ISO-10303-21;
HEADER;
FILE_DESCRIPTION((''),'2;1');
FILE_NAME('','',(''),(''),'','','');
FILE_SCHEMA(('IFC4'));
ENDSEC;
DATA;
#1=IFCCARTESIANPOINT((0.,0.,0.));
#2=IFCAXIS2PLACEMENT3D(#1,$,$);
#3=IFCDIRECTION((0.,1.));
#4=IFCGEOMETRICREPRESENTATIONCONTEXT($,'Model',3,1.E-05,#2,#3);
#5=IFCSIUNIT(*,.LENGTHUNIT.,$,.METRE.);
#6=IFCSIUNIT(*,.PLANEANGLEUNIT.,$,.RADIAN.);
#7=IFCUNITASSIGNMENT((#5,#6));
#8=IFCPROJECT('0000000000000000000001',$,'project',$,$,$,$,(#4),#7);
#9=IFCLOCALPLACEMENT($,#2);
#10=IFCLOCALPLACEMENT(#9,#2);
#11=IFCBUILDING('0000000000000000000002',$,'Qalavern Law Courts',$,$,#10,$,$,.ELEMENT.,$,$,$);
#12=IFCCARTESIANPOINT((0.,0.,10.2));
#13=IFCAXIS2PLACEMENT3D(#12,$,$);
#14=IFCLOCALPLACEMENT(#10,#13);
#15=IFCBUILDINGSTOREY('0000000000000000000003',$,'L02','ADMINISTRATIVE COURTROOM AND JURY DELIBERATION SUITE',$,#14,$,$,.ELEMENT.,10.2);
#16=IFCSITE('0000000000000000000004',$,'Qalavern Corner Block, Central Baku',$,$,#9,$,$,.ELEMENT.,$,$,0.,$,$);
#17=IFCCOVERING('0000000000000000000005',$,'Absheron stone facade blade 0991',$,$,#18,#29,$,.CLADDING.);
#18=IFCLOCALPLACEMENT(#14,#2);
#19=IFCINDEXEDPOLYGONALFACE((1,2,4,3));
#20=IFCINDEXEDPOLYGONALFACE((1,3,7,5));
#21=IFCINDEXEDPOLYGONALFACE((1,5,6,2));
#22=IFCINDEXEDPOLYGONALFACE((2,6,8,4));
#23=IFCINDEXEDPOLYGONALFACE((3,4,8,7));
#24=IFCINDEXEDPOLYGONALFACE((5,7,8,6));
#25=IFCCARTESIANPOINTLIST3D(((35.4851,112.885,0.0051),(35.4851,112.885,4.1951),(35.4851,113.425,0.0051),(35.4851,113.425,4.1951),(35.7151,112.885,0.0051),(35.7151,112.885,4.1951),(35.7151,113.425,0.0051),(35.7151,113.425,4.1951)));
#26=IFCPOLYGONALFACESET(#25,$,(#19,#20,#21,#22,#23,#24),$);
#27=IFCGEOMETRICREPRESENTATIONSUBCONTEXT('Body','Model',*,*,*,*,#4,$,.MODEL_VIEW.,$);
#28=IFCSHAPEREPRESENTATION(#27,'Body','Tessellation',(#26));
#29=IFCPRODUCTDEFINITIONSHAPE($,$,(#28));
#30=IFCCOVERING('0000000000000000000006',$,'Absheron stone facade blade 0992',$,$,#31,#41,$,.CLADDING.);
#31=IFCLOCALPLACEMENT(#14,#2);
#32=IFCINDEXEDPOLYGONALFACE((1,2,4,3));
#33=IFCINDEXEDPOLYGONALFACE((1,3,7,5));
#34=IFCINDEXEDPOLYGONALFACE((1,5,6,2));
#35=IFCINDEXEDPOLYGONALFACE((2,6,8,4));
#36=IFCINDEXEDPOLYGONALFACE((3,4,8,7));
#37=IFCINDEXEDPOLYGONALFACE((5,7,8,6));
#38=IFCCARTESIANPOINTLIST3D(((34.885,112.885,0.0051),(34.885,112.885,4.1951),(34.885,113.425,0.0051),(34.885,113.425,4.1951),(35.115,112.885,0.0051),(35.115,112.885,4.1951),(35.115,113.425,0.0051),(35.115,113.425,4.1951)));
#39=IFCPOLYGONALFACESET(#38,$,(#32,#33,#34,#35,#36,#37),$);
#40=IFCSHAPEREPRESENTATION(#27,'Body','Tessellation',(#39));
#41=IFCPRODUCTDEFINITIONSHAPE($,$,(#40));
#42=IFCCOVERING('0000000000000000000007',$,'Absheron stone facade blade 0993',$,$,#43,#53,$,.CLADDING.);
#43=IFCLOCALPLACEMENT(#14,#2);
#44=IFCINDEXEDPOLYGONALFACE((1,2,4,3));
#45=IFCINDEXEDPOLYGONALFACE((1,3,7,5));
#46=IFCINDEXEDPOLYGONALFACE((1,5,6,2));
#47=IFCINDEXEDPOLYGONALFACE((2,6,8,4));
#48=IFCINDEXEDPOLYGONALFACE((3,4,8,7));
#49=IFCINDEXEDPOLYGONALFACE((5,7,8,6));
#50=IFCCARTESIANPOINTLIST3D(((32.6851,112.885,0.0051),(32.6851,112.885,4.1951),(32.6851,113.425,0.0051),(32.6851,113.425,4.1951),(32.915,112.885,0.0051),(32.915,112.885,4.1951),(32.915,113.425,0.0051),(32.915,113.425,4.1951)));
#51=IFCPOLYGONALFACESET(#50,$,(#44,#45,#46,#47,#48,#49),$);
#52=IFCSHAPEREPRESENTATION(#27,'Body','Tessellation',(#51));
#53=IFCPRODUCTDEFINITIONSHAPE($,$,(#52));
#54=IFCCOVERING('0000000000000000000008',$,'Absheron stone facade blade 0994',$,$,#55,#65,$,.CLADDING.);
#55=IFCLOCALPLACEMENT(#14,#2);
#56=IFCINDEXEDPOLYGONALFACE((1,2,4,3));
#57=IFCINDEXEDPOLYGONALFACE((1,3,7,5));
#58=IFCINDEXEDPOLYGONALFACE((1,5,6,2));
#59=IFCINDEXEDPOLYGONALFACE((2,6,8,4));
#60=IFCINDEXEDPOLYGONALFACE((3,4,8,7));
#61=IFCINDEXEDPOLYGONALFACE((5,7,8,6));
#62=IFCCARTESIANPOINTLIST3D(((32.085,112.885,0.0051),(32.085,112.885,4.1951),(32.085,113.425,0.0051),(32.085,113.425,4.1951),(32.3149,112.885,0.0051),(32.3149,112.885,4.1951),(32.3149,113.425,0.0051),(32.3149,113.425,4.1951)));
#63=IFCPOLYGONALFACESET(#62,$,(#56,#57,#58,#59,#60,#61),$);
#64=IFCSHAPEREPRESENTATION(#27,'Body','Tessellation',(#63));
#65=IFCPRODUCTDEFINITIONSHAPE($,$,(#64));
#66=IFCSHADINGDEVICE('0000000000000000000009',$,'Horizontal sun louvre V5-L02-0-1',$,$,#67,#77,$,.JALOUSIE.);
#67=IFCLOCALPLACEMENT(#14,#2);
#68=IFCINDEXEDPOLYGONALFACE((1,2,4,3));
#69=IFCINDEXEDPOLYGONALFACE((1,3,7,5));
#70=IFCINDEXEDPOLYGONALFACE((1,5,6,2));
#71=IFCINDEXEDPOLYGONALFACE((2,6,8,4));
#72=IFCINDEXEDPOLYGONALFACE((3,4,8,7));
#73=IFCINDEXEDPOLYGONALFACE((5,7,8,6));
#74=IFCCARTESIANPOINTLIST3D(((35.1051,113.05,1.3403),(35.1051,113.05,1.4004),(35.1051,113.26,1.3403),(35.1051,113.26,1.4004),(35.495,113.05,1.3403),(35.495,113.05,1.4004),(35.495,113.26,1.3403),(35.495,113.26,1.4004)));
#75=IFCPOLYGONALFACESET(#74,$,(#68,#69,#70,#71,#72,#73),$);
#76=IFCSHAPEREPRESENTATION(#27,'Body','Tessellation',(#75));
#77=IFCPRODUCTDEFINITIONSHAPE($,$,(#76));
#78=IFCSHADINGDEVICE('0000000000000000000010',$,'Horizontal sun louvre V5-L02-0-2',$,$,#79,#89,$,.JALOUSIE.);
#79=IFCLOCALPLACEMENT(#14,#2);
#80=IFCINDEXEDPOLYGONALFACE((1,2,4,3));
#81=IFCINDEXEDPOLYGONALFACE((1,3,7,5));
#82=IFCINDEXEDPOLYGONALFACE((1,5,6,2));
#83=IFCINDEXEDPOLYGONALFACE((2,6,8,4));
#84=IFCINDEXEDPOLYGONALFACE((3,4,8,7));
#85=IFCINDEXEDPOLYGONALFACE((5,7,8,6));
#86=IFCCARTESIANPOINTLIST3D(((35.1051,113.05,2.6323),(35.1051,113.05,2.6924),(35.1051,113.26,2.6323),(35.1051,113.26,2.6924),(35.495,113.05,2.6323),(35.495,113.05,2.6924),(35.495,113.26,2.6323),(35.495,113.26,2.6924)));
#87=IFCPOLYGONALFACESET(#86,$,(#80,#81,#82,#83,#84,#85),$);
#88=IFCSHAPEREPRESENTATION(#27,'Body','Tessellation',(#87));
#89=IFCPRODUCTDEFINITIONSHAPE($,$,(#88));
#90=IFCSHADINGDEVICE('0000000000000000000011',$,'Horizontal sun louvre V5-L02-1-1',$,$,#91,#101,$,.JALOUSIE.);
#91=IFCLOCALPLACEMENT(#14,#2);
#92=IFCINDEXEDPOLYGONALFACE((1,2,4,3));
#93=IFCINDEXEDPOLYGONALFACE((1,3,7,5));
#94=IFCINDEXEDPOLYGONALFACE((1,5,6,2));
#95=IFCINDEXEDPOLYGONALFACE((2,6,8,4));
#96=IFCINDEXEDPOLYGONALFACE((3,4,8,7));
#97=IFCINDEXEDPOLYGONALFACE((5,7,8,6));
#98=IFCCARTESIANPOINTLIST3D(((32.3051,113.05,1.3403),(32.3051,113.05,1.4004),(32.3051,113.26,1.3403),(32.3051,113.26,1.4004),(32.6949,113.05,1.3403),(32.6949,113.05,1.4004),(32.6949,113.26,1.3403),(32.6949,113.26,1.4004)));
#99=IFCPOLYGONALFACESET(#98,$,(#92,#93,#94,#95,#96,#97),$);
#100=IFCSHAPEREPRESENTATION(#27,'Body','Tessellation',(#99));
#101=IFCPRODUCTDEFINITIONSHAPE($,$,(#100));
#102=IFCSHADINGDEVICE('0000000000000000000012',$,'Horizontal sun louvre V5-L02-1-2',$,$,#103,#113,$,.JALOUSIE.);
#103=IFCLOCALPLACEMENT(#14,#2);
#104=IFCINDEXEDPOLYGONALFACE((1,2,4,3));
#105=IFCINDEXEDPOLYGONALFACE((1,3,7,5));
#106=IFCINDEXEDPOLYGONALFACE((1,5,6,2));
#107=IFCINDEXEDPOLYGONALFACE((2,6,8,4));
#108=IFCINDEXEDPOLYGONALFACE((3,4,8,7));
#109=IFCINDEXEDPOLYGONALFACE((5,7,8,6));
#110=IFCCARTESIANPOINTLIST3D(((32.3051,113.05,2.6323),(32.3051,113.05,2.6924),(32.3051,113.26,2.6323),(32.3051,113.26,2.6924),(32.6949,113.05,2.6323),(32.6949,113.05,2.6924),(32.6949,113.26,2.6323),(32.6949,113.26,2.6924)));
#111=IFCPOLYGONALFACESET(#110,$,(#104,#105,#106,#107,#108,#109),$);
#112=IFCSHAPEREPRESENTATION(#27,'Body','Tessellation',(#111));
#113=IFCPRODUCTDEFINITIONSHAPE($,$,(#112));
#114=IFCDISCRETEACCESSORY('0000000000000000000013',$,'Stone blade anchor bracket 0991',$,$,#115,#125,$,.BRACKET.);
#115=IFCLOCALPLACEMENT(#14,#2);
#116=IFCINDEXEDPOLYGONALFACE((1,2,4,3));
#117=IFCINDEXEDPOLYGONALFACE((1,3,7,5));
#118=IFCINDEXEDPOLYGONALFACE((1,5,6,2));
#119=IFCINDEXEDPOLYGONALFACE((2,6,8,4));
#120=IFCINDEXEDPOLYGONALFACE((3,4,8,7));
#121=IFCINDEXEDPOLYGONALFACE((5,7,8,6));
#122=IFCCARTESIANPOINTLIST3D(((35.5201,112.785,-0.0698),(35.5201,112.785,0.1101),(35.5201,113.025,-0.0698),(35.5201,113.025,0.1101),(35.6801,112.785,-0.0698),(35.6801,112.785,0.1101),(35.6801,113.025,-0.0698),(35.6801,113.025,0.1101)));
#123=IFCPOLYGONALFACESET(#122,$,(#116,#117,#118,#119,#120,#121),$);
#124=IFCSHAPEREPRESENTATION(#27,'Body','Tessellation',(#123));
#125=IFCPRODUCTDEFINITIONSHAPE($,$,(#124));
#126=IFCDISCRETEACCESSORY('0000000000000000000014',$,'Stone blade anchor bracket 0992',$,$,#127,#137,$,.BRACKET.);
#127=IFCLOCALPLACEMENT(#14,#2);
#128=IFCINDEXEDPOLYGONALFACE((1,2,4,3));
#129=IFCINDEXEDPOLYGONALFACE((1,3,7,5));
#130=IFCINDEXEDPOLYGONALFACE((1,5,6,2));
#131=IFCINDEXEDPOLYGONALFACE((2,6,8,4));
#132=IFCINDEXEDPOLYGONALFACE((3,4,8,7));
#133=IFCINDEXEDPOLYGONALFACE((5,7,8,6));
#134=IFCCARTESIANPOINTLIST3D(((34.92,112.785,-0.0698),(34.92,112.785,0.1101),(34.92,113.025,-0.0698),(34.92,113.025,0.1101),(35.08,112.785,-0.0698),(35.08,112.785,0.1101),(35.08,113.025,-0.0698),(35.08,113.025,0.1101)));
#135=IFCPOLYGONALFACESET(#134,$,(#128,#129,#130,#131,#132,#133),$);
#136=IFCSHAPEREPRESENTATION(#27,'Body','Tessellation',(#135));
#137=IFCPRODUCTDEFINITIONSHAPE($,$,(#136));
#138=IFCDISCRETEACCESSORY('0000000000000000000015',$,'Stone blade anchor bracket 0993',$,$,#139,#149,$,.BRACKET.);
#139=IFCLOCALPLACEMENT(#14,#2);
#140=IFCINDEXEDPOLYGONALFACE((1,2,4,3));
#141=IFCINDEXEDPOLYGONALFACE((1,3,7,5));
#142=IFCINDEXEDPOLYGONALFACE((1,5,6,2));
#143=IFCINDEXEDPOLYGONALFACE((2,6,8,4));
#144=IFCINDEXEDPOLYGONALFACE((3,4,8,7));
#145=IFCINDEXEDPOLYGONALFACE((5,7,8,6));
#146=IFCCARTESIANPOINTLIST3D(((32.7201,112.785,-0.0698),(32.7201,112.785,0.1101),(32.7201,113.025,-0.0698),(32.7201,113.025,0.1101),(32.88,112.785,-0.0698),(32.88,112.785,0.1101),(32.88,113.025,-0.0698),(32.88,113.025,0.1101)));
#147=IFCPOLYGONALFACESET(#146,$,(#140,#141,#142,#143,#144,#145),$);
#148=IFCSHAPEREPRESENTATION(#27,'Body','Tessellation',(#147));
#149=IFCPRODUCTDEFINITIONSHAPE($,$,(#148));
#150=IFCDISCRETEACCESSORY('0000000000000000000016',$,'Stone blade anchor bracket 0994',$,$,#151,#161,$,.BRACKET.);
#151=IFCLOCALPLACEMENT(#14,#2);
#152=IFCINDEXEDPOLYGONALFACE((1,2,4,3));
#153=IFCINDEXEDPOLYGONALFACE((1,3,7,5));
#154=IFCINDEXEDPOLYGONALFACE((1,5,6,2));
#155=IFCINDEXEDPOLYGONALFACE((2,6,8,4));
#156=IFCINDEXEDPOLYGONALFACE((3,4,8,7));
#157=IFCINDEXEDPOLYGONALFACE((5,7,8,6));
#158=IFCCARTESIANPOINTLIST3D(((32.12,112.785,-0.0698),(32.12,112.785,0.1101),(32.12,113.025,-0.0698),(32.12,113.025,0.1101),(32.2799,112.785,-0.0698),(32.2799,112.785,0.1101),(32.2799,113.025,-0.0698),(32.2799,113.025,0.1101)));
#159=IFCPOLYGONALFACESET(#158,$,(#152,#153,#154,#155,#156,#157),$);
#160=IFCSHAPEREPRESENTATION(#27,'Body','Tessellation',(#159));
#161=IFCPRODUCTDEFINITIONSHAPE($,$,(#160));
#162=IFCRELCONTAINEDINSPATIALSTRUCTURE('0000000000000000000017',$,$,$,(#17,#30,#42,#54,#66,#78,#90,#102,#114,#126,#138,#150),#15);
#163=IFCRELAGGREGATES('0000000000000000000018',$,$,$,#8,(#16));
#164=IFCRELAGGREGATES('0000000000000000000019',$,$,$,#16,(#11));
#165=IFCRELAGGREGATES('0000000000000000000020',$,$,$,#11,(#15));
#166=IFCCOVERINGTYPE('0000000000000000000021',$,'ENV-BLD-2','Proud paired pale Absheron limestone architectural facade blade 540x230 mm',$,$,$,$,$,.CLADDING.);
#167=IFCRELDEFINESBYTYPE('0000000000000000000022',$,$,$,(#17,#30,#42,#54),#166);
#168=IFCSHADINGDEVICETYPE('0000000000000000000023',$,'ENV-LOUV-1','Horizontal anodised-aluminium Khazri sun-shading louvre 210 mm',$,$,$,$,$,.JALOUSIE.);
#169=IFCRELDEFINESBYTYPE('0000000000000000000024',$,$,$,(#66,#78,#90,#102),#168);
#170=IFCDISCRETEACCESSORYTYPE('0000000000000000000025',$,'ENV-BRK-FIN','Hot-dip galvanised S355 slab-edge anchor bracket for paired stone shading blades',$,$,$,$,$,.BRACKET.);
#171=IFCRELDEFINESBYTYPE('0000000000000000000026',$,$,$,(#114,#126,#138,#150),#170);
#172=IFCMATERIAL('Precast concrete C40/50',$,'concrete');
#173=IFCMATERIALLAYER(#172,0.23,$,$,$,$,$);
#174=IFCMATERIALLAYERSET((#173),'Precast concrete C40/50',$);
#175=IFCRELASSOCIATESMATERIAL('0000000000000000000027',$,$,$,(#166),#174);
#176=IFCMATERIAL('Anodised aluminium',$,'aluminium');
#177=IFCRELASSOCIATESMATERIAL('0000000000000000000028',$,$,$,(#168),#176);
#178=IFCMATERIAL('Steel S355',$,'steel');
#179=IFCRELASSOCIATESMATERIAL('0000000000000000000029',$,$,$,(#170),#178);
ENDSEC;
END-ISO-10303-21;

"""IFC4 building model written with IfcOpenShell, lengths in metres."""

from ifc_helpers import new_model, si_unit, direction, frame, origin, origin_2d, place, context, subcontext, project, spatial, rectangle, extrude, material, layer, layer_set, type_object, element, save


model = new_model("IFC4")

# Units and contexts
model_context = context("Model", 3, precision=1e-05, world=origin(), true_north=direction((0.0, 1.0)))
body_context = subcontext(model_context, "Body", "Model", "MODEL_VIEW")
ifc_project = project(units=[si_unit("LENGTHUNIT", "METRE"), si_unit("PLANEANGLEUNIT", "RADIAN")], contexts=[model_context])

# Site, building, storey
site_placement = place(None, origin())
site = spatial("IfcSite", under=ifc_project, at=site_placement, Name="Qalavern Corner Block, Central Baku", CompositionType="ELEMENT", RefElevation=0.0)
building_placement = place(site_placement, origin())
building = spatial("IfcBuilding", under=site, at=building_placement, Name="Qalavern Law Courts", CompositionType="ELEMENT")
storey_placement = place(building_placement, frame((0.0, 0.0, 10.2)))
storey = spatial("IfcBuildingStorey", under=building, at=storey_placement, Name="L02", Description="ADMINISTRATIVE COURTROOM AND JURY DELIBERATION SUITE", CompositionType="ELEMENT", Elevation=10.2)

# Shared definitions
ifc_material_1 = material(Name="Anodised aluminium", Category="aluminium")

# Coverings
ifc_material_2 = material(Name="Precast concrete C40/50", Category="concrete")
ifc_layer_1 = layer(ifc_material_2, 0.23)
ifc_layer_set_1 = layer_set([ifc_layer_1], Name="Precast concrete C40/50")
covering_type = type_object("IfcCoveringType", Name="ENV-BLD-2", Description="Proud paired pale Absheron limestone architectural facade blade 540x230 mm", PredefinedType="CLADDING", material=ifc_layer_set_1)
for number, where, z_axis, x_axis, name in (
    (1, (35.6001, 113.155, 0.0051), (0.0, 0.0, 1.0), (0.0, 1.0, 0.0), "Absheron stone facade blade 0991"),
    (2, (35.0, 113.155, 0.0051), (0.0, 0.0, 1.0), (0.0, 1.0, 0.0), "Absheron stone facade blade 0992"),
    (3, (32.8, 113.155, 0.0051), (0.0, 0.0, 1.0), (0.0, 1.0, 0.0), "Absheron stone facade blade 0993"),
    (4, (32.2, 113.155, 0.0051), (0.0, 0.0, 1.0), (0.0, 1.0, 0.0), "Absheron stone facade blade 0994"),
):
    element("IfcCovering", number, at=place(storey_placement, frame(where, z_axis=z_axis, x_axis=x_axis)), inside=storey, type_object=covering_type, Name=name, PredefinedType="CLADDING", context=body_context, shape_type="SweptSolid", body=[
        extrude(rectangle(XDim=0.54, YDim=0.23, at=origin_2d()), origin(), (0.0, 0.0, 1.0), 4.1899),
    ])

# Shading devices
shading_device_type = type_object("IfcShadingDeviceType", Name="ENV-LOUV-1", Description="Horizontal anodised-aluminium Khazri sun-shading louvre 210 mm", PredefinedType="JALOUSIE", material=ifc_material_1)
for number, where, z_axis, x_axis, name in (
    (5, (35.3, 113.155, 1.3403), (0.0, 0.0, 1.0), (-1.0, 0.0, 0.0), "Horizontal sun louvre V5-L02-0-1"),
    (6, (35.3, 113.155, 2.6323), (0.0, 0.0, 1.0), (-1.0, 0.0, 0.0), "Horizontal sun louvre V5-L02-0-2"),
    (7, (32.5, 113.155, 1.3403), (0.0, 0.0, 1.0), (-1.0, 0.0, 0.0), "Horizontal sun louvre V5-L02-1-1"),
    (8, (32.5, 113.155, 2.6323), (0.0, 0.0, 1.0), (-1.0, 0.0, 0.0), "Horizontal sun louvre V5-L02-1-2"),
):
    element("IfcShadingDevice", number, at=place(storey_placement, frame(where, z_axis=z_axis, x_axis=x_axis)), inside=storey, type_object=shading_device_type, Name=name, PredefinedType="JALOUSIE", context=body_context, shape_type="SweptSolid", body=[
        extrude(rectangle(XDim=0.3899, YDim=0.21, at=origin_2d()), origin(), (0.0, 0.0, 1.0), 0.0601),
    ])

# Discrete accessories
ifc_material_3 = material(Name="Steel S355", Category="steel")
discrete_accessory_type = type_object("IfcDiscreteAccessoryType", Name="ENV-BRK-FIN", Description="Hot-dip galvanised S355 slab-edge anchor bracket for paired stone shading blades", PredefinedType="BRACKET", material=ifc_material_3)
for number, where, z_axis, x_axis, name in (
    (9, (35.6001, 112.905, -0.0698), (0.0, 0.0, 1.0), (0.0, 1.0, 0.0), "Stone blade anchor bracket 0991"),
    (10, (35.0, 112.905, -0.0698), (0.0, 0.0, 1.0), (0.0, 1.0, 0.0), "Stone blade anchor bracket 0992"),
    (11, (32.8, 112.905, -0.0698), (0.0, 0.0, 1.0), (0.0, 1.0, 0.0), "Stone blade anchor bracket 0993"),
    (12, (32.2, 112.905, -0.0698), (0.0, 0.0, 1.0), (0.0, 1.0, 0.0), "Stone blade anchor bracket 0994"),
):
    element("IfcDiscreteAccessory", number, at=place(storey_placement, frame(where, z_axis=z_axis, x_axis=x_axis)), inside=storey, type_object=discrete_accessory_type, Name=name, PredefinedType="BRACKET", context=body_context, shape_type="SweptSolid", body=[
        extrude(rectangle(XDim=0.24, YDim=0.1599, at=origin_2d()), origin(), (0.0, 0.0, 1.0), 0.1799),
    ])

save(model, "model.ifc")
